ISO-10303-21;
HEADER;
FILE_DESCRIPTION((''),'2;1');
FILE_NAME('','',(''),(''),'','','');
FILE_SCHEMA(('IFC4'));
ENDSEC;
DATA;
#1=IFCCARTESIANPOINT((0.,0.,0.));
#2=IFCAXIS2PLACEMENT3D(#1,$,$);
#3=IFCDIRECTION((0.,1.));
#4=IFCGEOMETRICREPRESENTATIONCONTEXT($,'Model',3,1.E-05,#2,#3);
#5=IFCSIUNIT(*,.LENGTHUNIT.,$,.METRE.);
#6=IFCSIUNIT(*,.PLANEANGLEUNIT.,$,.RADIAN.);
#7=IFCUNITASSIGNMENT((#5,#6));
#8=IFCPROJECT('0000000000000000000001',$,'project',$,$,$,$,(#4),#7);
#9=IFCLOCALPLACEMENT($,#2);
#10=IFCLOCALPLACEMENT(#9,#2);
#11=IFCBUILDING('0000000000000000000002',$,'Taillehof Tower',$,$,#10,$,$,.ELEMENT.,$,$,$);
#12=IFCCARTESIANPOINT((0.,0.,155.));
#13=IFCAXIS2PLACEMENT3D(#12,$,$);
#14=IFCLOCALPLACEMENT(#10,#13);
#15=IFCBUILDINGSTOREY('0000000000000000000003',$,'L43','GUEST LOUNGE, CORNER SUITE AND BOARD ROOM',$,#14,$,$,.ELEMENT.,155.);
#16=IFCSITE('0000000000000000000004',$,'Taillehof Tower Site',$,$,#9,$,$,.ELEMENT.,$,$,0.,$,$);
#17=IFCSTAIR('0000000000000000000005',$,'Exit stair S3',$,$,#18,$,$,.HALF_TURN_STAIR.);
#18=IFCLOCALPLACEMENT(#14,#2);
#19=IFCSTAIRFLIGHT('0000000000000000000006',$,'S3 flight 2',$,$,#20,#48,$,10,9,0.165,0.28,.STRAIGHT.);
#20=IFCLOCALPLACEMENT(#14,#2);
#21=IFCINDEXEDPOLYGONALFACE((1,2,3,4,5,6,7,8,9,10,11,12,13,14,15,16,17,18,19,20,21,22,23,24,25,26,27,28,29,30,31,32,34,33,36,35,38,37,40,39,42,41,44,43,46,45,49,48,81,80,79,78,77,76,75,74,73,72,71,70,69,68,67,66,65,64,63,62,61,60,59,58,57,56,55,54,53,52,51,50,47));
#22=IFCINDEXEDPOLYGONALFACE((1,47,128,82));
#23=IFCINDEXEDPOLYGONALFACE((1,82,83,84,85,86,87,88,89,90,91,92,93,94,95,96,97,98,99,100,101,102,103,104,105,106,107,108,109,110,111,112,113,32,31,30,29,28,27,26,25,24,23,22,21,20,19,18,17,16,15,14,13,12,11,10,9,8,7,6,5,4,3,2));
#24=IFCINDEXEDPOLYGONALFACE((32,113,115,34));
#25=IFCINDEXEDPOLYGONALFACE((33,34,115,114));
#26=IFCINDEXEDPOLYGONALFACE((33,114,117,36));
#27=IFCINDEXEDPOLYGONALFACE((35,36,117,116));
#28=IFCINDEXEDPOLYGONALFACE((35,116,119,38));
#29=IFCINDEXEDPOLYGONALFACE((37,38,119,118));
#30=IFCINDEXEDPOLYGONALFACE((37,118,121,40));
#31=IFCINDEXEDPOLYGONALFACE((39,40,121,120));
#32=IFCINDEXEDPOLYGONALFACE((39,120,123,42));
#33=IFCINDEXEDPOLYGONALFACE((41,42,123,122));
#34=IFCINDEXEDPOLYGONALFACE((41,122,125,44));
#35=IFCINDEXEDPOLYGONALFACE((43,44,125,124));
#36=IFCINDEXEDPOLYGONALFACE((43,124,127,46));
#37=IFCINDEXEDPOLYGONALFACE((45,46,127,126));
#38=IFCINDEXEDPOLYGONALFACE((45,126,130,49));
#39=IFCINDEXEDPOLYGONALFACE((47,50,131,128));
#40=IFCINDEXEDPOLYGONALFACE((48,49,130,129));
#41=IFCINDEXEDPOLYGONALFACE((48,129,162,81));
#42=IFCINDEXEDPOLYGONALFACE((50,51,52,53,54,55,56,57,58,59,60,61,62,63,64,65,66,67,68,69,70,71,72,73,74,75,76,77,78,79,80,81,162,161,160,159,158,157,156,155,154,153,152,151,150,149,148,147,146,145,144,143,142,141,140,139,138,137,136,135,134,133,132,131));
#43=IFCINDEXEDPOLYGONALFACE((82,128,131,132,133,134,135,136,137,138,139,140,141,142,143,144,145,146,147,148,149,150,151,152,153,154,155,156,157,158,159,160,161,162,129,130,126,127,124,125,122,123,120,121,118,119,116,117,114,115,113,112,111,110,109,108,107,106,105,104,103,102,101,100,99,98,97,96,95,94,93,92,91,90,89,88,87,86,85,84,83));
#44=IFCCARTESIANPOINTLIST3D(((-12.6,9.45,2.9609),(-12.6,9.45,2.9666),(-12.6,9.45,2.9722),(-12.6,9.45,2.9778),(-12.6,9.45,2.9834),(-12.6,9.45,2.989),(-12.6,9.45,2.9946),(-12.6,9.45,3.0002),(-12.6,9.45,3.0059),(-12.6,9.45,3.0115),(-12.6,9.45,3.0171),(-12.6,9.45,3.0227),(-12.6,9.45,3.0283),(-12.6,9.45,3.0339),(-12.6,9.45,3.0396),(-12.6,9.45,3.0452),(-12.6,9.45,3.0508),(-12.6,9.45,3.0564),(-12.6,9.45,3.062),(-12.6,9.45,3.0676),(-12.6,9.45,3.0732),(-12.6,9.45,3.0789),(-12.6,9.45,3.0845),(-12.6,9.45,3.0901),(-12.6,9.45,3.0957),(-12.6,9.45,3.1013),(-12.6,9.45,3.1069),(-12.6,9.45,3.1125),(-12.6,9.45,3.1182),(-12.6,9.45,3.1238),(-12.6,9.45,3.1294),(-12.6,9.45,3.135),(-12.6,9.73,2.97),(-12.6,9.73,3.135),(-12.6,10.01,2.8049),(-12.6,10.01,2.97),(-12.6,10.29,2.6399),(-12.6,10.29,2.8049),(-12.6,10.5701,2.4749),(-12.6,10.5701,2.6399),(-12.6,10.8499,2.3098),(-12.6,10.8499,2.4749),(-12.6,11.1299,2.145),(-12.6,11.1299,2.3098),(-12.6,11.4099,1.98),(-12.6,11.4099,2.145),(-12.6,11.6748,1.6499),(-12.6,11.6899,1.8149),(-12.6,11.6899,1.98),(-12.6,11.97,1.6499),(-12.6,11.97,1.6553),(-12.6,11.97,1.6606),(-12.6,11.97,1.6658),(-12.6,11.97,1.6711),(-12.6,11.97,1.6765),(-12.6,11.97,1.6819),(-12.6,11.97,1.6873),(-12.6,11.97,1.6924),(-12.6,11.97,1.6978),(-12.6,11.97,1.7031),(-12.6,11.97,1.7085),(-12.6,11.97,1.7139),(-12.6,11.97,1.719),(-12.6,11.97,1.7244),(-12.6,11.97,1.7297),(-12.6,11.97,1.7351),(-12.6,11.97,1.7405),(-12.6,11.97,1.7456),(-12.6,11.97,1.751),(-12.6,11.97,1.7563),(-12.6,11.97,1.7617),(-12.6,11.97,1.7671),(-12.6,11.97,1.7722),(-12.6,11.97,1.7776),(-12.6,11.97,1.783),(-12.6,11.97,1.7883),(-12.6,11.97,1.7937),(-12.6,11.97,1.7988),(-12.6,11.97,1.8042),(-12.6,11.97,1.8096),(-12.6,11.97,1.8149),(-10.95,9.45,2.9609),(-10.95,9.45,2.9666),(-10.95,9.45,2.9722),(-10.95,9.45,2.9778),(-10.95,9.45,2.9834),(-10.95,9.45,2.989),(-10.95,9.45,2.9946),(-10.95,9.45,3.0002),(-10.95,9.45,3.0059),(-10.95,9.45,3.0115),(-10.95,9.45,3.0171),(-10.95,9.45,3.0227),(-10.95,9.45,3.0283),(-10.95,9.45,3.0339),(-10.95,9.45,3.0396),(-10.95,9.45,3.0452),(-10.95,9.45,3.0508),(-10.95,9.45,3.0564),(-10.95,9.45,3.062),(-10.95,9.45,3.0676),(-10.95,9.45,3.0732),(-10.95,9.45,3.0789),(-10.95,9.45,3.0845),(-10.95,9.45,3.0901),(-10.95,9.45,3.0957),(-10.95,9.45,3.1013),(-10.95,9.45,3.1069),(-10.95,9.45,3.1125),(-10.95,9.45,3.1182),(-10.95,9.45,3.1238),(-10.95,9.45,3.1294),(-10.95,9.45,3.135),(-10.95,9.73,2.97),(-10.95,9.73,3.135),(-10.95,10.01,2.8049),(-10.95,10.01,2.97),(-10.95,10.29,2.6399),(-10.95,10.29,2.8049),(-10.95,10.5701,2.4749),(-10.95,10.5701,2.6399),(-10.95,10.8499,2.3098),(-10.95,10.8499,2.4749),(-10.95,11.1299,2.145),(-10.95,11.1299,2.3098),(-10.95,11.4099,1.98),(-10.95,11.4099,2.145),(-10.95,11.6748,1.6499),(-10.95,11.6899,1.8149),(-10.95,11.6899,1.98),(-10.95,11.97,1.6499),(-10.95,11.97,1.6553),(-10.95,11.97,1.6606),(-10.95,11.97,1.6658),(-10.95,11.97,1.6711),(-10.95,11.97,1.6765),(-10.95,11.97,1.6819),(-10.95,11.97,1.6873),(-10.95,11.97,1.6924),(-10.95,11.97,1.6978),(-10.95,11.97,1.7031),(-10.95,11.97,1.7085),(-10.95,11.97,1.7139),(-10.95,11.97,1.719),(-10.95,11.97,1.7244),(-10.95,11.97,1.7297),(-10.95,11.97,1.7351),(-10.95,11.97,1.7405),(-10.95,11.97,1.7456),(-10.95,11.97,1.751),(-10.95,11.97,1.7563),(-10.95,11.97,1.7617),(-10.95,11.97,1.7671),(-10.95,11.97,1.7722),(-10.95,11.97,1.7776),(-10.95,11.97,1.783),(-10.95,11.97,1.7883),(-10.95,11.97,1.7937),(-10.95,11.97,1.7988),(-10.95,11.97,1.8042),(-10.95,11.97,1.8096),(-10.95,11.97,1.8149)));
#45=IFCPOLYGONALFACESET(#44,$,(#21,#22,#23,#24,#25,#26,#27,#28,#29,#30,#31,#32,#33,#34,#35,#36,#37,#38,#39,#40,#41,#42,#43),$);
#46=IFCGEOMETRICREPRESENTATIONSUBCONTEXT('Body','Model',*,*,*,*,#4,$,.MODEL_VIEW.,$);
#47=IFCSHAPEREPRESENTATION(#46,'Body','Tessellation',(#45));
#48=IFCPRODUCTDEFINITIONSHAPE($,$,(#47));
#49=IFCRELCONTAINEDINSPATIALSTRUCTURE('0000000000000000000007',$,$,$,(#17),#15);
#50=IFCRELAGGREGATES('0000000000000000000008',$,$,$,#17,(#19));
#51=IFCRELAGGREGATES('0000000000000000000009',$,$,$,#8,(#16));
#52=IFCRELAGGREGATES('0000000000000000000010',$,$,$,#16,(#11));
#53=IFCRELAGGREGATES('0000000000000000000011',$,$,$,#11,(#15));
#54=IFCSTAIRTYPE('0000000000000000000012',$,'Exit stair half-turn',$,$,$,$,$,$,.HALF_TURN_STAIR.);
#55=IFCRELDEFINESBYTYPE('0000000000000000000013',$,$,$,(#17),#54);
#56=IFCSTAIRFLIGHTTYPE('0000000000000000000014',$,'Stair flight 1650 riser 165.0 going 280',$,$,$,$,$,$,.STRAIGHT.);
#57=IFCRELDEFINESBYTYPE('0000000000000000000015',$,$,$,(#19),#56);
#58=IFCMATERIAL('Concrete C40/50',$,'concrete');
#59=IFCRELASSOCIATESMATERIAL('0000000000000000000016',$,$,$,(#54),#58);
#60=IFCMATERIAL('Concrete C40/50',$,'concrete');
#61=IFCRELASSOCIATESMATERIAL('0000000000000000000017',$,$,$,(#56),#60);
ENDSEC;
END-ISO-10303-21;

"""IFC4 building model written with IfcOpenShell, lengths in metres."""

from ifc_helpers import new_model, si_unit, direction, frame, origin, place, context, subcontext, project, spatial, polyline, outline, extrude, material, type_object, element, aggregate, save


model = new_model("IFC4")

# Units and contexts
model_context = context("Model", 3, precision=1e-05, world=origin(), true_north=direction((0.0, 1.0)))
body_context = subcontext(model_context, "Body", "Model", "MODEL_VIEW")
ifc_project = project(units=[si_unit("LENGTHUNIT", "METRE"), si_unit("PLANEANGLEUNIT", "RADIAN")], contexts=[model_context])

# Site, building, storey
site_placement = place(None, origin())
site = spatial("IfcSite", under=ifc_project, at=site_placement, Name="Taillehof Tower Site", CompositionType="ELEMENT", RefElevation=0.0)
building_placement = place(site_placement, origin())
building = spatial("IfcBuilding", under=site, at=building_placement, Name="Taillehof Tower", CompositionType="ELEMENT")
storey_placement = place(building_placement, frame((0.0, 0.0, 155.0)))
storey = spatial("IfcBuildingStorey", under=building, at=storey_placement, Name="L43", Description="GUEST LOUNGE, CORNER SUITE AND BOARD ROOM", CompositionType="ELEMENT", Elevation=155.0)

# Stair, stair flight
ifc_material_1 = material(Name="Concrete C40/50", Category="concrete")
stair_type = type_object("IfcStairType", Name="Exit stair half-turn", PredefinedType="HALF_TURN_STAIR", material=ifc_material_1)
stair_placement = place(storey_placement, origin())
stair = element("IfcStair", 1, at=stair_placement, inside=storey, type_object=stair_type, Name="Exit stair S3", PredefinedType="HALF_TURN_STAIR")
ifc_material_2 = material(Name="Concrete C40/50", Category="concrete")
stair_flight_type = type_object("IfcStairFlightType", Name="Stair flight 1650 riser 165.0 going 280", PredefinedType="STRAIGHT", material=ifc_material_2)
stair_flight_placement = place(storey_placement, frame((-11.7749, 11.97, 1.6499), z_axis=(0.0, 0.0, 1.0), x_axis=(0.0, -1.0, 0.0)))
stair_flight = element("IfcStairFlight", 2, at=stair_flight_placement, type_object=stair_flight_type, Name="S3 flight 2", NumberOfRisers=10, NumberOfTreads=9, PredefinedType="STRAIGHT", RiserHeight=0.165, TreadLength=0.28, context=body_context, shape_type="SweptSolid", body=[
    extrude(outline(polyline([(0.0, 0.0), (0.0, 0.0054), (0.0, 0.0107), (0.0, 0.0159), (0.0, 0.0212), (0.0, 0.0266), (0.0, 0.032), (0.0, 0.0374), (0.0, 0.0425), (0.0, 0.0479), (0.0, 0.0532), (0.0, 0.0586), (0.0, 0.064), (0.0, 0.0691), (0.0, 0.0745), (0.0, 0.0798), (0.0, 0.0852), (0.0, 0.0906), (0.0, 0.0957), (0.0, 0.1011), (0.0, 0.1064), (0.0, 0.1118), (0.0, 0.1172), (0.0, 0.1223), (0.0, 0.1277), (0.0, 0.1331), (0.0, 0.1384), (0.0, 0.1438), (0.0, 0.1489), (0.0, 0.1543), (0.0, 0.1597), (0.0, 0.165), (0.28, 0.165), (0.28, 0.3301), (0.5601, 0.3301), (0.5601, 0.4951), (0.8401, 0.4951), (0.8401, 0.6599), (1.1201, 0.6599), (1.1201, 0.825), (1.3999, 0.825), (1.3999, 0.99), (1.6799, 0.99), (1.6799, 1.155), (1.96, 1.155), (1.96, 1.3201), (2.24, 1.3201), (2.24, 1.4851), (2.52, 1.4851), (2.52, 1.4795), (2.52, 1.4739), (2.52, 1.4683), (2.52, 1.4626), (2.52, 1.457), (2.52, 1.4514), (2.52, 1.4458), (2.52, 1.4402), (2.52, 1.4346), (2.52, 1.429), (2.52, 1.4233), (2.52, 1.4177), (2.52, 1.4121), (2.52, 1.4065), (2.52, 1.4009), (2.52, 1.3953), (2.52, 1.3896), (2.52, 1.384), (2.52, 1.3784), (2.52, 1.3728), (2.52, 1.3672), (2.52, 1.3616), (2.52, 1.356), (2.52, 1.3503), (2.52, 1.3447), (2.52, 1.3391), (2.52, 1.3335), (2.52, 1.3279), (2.52, 1.3223), (2.52, 1.3167), (2.52, 1.311), (0.2952, 0.0), (0.0, 0.0)])), frame((0.0, 0.825, 0.0), z_axis=(0.0, -1.0, 0.0), x_axis=(1.0, 0.0, 0.0)), (0.0, 0.0, 1.0), 1.65),
])
aggregate(stair, [stair_flight])

save(model, "model.ifc")
